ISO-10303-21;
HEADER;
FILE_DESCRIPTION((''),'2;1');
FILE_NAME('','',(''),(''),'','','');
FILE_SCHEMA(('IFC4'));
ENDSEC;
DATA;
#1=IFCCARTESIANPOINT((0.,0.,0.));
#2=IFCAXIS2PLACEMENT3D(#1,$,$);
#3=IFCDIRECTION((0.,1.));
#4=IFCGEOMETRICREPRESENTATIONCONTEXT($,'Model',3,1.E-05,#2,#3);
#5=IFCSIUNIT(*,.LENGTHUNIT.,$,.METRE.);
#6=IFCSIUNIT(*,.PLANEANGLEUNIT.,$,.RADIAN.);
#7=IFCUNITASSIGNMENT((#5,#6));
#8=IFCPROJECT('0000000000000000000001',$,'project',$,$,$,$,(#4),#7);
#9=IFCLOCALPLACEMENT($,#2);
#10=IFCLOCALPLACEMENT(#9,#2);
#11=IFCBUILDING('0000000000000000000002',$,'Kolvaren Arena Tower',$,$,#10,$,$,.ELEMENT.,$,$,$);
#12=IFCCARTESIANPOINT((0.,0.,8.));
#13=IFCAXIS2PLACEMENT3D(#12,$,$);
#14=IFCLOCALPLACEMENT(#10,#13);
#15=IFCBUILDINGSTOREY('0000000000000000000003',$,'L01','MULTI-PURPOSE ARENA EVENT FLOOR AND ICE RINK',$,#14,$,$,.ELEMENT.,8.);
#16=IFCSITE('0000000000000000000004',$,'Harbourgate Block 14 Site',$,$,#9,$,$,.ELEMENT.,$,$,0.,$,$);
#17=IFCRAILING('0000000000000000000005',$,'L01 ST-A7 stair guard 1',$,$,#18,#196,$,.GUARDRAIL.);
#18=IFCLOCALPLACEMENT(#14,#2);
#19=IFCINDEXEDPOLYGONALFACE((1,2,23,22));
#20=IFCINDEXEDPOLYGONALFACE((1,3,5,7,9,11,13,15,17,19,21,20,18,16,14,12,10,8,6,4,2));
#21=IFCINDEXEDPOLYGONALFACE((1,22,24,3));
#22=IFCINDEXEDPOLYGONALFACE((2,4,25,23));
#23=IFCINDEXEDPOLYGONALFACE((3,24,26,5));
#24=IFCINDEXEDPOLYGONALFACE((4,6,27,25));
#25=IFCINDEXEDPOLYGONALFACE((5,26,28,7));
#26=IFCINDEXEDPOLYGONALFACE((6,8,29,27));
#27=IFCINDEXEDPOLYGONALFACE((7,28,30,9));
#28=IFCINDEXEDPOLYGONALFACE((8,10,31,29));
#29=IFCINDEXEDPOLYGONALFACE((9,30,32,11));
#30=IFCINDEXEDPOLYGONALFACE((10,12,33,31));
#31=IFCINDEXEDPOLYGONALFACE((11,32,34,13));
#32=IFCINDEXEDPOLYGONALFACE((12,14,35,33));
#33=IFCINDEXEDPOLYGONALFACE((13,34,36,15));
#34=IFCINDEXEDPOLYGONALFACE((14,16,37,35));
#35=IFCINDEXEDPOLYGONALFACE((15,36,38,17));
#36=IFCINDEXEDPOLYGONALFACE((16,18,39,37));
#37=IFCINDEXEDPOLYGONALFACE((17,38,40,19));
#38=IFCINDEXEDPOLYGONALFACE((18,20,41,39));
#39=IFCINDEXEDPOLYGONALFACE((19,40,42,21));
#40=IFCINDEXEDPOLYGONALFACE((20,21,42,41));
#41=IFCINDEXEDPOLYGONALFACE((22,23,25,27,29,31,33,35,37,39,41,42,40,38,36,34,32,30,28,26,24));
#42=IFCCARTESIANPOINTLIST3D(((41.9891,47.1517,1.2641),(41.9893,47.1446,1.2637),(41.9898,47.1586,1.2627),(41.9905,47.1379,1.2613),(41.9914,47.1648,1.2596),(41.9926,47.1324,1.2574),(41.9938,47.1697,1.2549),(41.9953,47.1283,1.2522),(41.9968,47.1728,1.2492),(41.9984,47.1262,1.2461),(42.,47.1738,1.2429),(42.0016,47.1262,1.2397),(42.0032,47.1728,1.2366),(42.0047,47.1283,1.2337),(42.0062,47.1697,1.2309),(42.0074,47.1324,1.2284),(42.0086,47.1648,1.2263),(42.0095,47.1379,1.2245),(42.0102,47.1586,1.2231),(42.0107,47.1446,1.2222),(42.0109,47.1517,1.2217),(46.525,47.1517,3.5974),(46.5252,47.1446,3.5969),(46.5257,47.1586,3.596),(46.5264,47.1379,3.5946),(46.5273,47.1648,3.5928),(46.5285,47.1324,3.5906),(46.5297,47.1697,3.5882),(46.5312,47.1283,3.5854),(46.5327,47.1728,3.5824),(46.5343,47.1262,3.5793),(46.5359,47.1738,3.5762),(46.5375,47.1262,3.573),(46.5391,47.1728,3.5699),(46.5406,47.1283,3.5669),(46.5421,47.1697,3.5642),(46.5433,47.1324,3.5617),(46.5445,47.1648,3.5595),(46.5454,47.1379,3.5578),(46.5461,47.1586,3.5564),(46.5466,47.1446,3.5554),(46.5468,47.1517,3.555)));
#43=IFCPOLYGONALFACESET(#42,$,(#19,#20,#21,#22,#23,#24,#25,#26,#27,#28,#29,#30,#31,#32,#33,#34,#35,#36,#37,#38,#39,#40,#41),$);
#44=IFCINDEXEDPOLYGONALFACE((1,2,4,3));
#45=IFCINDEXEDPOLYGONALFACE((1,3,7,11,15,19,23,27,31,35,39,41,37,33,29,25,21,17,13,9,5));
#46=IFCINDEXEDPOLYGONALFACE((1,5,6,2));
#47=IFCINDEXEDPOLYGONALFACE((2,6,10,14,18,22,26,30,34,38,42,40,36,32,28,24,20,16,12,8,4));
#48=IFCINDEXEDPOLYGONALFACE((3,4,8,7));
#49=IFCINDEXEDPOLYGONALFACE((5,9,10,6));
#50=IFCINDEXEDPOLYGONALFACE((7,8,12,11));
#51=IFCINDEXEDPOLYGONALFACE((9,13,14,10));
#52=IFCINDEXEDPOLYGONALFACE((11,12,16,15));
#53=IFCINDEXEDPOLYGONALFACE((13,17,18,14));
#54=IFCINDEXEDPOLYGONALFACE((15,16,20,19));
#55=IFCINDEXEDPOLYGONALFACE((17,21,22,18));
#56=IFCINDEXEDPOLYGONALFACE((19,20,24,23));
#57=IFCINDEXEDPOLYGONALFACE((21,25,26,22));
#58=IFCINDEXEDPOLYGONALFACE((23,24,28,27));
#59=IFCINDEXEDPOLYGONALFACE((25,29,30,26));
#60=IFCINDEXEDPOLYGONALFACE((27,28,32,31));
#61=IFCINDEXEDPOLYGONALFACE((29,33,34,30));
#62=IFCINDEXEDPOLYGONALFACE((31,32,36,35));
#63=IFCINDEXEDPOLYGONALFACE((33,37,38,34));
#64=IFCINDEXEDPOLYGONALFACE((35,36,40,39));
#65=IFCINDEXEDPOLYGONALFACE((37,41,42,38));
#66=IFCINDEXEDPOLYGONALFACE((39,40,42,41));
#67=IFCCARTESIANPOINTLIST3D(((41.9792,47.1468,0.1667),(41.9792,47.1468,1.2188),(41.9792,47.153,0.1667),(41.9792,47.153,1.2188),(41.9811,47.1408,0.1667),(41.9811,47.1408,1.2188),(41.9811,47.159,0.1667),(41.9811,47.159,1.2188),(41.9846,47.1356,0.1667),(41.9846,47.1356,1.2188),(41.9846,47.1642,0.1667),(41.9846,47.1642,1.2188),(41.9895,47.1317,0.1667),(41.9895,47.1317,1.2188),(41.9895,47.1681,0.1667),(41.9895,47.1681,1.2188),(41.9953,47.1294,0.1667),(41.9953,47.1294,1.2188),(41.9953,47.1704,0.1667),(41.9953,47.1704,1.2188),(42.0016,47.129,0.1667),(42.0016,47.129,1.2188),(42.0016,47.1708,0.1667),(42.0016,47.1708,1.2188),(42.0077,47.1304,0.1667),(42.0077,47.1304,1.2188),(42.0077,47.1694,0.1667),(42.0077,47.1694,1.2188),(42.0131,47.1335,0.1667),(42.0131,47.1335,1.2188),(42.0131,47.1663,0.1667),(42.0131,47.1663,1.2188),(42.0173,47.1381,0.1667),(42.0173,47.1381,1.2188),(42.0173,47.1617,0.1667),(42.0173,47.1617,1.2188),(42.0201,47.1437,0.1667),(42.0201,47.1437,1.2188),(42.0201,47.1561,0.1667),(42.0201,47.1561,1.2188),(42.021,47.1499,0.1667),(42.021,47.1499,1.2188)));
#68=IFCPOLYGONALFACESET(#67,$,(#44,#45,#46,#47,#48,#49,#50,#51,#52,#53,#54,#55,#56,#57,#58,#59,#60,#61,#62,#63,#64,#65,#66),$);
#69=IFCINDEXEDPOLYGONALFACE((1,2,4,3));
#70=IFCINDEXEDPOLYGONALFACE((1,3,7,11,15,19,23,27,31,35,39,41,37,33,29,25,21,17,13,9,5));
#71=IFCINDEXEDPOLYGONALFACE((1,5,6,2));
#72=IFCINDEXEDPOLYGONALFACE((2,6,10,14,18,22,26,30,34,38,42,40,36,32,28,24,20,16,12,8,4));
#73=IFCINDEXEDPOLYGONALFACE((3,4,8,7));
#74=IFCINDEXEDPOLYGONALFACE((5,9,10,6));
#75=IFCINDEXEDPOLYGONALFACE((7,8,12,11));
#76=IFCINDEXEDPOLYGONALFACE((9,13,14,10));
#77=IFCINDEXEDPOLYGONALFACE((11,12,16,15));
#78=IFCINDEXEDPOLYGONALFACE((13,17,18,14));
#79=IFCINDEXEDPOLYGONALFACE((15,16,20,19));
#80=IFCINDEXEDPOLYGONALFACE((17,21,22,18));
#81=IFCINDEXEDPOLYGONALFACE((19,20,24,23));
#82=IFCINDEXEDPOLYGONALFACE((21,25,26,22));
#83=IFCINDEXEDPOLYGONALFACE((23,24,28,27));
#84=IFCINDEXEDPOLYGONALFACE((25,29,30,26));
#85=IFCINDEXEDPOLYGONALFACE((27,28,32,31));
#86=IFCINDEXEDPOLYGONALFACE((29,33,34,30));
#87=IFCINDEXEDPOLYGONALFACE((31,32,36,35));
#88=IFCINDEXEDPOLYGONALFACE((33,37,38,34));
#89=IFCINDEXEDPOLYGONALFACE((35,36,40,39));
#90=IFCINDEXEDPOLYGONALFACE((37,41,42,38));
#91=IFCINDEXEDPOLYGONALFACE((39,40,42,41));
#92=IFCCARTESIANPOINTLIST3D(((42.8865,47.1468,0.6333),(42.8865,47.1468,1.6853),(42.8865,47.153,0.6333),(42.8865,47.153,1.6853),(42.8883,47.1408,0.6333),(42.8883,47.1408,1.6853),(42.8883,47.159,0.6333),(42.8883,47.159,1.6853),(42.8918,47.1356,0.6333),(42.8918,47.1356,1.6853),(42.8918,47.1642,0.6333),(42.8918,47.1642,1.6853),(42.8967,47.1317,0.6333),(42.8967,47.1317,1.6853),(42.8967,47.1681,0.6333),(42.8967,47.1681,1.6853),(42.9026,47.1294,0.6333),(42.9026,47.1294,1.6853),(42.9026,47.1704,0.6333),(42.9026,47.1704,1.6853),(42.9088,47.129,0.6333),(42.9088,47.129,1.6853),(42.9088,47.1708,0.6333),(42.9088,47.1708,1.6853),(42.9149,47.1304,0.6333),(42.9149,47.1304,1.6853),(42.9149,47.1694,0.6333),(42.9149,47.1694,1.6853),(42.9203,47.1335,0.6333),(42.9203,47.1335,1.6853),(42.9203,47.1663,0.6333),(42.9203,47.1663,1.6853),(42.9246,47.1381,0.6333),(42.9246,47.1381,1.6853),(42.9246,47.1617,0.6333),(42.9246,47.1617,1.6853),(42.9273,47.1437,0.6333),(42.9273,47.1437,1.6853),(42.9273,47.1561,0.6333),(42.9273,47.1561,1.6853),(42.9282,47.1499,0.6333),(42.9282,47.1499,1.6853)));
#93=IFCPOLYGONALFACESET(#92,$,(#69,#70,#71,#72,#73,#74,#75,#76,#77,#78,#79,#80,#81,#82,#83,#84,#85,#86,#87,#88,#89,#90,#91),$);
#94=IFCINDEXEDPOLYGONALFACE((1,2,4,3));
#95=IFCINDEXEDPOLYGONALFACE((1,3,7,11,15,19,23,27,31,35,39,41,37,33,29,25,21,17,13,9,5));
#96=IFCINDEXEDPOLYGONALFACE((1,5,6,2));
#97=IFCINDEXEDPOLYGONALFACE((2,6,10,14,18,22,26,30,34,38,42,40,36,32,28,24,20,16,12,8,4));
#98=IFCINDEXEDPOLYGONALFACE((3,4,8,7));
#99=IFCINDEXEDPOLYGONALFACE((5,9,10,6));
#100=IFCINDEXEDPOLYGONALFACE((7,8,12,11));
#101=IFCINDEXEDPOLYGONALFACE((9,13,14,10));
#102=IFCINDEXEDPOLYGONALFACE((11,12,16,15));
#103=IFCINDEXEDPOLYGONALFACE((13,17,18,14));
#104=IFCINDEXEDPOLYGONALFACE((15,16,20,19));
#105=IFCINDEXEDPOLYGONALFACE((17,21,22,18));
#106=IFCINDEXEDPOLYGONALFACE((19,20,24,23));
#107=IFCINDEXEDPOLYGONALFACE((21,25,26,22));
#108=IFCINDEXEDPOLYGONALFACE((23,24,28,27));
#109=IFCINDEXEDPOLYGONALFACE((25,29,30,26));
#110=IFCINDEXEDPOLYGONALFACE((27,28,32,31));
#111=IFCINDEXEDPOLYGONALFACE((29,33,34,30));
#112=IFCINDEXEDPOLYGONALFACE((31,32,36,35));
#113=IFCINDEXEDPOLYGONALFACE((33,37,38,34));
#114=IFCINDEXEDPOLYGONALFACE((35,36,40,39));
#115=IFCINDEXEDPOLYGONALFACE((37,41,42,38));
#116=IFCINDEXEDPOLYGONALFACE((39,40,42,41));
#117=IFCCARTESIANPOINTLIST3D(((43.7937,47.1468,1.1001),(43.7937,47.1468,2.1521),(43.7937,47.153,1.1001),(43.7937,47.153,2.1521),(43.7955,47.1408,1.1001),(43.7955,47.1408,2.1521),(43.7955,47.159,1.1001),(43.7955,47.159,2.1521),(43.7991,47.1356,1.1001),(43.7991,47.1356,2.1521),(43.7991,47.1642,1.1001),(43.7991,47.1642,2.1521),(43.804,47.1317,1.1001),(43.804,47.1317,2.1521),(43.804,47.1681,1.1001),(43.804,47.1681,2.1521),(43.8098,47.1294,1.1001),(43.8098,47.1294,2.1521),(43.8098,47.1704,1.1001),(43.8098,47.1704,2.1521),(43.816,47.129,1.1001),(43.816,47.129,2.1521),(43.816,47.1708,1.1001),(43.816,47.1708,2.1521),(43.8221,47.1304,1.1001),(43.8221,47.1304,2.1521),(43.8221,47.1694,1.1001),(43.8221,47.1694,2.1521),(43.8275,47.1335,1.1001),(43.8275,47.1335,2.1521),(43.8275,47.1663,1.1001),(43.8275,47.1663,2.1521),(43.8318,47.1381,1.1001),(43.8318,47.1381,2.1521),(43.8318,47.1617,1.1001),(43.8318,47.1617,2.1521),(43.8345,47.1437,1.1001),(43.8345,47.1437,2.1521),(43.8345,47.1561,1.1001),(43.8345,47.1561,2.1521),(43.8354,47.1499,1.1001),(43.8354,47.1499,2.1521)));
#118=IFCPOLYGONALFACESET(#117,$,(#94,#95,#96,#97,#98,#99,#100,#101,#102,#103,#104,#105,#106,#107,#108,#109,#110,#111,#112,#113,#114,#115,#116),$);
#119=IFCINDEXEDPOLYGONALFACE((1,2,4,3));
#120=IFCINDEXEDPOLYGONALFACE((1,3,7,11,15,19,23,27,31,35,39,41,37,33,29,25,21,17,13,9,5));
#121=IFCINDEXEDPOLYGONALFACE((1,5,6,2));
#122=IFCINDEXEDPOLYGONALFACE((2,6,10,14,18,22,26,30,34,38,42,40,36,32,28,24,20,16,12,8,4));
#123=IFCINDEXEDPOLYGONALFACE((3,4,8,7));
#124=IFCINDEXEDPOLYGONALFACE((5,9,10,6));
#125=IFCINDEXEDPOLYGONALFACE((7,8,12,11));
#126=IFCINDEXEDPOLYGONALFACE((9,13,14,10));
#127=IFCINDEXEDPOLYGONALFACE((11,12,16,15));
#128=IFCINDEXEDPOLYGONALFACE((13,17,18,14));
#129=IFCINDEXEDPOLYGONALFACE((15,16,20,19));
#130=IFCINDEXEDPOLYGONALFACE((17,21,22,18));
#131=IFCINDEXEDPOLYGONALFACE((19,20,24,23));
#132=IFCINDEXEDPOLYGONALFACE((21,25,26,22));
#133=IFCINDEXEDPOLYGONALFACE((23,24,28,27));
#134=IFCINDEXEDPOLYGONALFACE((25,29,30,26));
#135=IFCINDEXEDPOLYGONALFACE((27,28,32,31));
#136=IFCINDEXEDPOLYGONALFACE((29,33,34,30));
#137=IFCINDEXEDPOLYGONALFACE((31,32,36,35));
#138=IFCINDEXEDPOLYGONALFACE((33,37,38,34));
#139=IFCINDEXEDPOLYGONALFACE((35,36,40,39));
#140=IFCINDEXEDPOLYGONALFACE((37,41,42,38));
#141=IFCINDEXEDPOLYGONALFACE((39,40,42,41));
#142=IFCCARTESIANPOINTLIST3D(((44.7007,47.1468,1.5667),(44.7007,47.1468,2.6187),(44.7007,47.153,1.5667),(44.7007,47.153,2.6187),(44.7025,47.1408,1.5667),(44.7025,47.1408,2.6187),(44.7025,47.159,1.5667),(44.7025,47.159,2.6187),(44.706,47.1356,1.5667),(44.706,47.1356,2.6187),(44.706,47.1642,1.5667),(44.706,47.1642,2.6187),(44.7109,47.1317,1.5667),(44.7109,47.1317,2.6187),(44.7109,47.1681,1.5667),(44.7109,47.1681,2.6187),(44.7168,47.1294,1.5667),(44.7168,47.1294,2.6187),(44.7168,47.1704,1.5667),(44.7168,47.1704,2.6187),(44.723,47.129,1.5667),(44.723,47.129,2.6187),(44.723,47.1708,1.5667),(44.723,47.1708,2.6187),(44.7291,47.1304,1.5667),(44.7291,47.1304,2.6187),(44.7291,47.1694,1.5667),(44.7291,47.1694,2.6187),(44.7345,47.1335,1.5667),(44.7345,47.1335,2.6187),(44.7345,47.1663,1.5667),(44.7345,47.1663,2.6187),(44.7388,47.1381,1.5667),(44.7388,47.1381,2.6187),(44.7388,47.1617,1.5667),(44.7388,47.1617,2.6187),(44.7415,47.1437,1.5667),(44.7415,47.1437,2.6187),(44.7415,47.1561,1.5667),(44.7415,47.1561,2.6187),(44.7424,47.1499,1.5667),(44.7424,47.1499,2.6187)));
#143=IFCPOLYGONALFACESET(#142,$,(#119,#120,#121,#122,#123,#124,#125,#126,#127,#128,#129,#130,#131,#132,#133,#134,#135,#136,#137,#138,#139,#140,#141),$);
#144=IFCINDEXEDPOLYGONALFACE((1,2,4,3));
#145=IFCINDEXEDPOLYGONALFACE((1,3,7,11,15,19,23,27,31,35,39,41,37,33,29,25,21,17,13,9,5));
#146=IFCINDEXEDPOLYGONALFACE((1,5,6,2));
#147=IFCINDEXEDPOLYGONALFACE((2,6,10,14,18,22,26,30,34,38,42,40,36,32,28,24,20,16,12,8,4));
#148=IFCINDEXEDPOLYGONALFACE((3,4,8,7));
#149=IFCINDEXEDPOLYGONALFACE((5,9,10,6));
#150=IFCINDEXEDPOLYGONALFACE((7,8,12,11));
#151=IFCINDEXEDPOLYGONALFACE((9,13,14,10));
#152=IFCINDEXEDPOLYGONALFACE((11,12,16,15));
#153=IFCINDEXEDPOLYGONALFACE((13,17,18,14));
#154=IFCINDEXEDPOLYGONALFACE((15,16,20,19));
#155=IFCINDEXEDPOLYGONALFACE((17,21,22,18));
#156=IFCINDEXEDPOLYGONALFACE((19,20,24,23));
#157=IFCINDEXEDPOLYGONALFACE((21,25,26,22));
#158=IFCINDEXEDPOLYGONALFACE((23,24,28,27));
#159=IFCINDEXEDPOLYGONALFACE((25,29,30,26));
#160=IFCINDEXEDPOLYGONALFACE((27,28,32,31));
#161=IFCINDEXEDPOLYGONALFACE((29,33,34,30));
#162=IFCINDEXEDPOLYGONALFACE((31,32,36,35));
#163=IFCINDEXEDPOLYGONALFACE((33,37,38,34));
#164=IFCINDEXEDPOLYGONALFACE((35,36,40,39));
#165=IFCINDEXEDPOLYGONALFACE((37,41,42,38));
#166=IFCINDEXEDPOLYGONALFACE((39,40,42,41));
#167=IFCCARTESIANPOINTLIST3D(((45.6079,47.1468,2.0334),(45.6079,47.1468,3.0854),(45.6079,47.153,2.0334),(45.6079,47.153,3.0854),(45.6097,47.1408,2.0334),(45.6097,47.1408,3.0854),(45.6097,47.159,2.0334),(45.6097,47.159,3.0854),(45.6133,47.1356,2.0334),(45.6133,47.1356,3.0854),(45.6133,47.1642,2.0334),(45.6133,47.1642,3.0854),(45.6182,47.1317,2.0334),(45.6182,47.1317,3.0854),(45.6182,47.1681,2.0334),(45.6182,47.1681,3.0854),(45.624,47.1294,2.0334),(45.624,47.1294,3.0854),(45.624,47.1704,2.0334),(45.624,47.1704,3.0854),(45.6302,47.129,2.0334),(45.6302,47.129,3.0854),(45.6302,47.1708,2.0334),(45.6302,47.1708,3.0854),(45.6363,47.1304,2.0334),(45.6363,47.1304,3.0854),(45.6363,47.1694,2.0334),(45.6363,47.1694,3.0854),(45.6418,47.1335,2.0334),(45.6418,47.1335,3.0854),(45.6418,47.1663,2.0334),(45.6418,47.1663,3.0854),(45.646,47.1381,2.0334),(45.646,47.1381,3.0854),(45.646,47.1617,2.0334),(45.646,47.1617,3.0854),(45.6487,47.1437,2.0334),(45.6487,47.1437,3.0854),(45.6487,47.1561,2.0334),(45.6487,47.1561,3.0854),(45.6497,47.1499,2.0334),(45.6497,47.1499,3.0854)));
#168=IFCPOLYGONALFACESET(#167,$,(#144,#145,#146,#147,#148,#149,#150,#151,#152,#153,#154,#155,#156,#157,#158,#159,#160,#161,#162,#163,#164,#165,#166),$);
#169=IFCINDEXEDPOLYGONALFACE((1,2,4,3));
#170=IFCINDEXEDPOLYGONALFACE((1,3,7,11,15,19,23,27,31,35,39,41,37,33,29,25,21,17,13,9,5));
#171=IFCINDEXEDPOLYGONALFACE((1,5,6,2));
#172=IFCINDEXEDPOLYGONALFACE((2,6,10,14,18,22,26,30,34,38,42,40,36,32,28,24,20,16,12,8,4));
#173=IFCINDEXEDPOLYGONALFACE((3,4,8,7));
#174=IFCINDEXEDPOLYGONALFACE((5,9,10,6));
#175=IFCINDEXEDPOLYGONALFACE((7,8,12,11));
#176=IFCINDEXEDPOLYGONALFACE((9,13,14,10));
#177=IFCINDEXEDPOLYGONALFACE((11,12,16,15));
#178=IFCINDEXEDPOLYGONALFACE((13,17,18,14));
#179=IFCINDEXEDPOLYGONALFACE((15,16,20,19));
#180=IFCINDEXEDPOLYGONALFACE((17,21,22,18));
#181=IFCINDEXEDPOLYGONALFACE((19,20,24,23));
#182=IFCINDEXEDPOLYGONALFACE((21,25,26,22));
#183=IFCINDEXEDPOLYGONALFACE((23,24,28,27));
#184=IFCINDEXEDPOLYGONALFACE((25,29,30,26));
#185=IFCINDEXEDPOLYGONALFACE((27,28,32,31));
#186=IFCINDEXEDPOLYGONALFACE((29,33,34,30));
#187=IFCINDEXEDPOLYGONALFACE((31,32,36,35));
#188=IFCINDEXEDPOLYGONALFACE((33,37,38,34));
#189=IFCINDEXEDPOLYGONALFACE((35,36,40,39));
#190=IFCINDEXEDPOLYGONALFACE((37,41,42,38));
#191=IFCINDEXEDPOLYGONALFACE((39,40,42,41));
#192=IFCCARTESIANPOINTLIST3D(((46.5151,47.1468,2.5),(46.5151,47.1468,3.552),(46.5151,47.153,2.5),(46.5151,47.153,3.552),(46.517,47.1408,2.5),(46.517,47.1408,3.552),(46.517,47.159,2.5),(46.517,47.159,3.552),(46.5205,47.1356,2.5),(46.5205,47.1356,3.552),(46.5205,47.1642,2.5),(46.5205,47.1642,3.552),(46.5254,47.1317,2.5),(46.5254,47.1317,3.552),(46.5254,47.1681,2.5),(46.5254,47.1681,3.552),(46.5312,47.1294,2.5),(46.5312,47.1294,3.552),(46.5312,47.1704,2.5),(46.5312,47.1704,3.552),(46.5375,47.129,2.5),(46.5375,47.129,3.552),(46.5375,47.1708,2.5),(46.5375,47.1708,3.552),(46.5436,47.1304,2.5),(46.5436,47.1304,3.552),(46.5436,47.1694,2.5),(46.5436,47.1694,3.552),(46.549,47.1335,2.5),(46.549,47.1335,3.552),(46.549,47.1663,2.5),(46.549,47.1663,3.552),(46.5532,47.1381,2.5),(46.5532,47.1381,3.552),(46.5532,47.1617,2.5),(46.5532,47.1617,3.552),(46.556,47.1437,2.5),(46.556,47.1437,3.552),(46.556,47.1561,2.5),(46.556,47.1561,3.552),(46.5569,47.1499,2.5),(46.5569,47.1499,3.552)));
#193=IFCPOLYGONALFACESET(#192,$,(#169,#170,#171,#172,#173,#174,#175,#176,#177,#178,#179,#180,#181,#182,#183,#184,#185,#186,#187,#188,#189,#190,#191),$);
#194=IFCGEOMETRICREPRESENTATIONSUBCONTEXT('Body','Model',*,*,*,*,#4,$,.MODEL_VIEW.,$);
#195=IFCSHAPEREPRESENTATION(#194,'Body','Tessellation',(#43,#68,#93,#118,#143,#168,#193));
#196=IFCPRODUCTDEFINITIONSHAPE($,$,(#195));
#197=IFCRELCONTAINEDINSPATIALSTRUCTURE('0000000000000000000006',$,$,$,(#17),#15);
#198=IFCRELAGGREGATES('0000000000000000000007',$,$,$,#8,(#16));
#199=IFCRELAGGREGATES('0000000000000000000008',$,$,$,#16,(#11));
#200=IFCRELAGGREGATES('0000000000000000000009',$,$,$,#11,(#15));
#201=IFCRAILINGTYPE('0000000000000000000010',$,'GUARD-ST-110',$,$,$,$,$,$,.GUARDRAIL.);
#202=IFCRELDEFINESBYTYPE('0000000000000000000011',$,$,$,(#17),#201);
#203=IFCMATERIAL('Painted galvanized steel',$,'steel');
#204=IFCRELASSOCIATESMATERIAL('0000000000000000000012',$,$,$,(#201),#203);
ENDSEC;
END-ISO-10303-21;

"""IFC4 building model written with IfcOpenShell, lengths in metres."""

from ifc_helpers import new_model, si_unit, direction, frame, origin, origin_2d, place, context, subcontext, project, spatial, circle, extrude, material, type_object, element, save


model = new_model("IFC4")

# Units and contexts
model_context = context("Model", 3, precision=1e-05, world=origin(), true_north=direction((0.0, 1.0)))
body_context = subcontext(model_context, "Body", "Model", "MODEL_VIEW")
ifc_project = project(units=[si_unit("LENGTHUNIT", "METRE"), si_unit("PLANEANGLEUNIT", "RADIAN")], contexts=[model_context])

# Site, building, storey
site_placement = place(None, origin())
site = spatial("IfcSite", under=ifc_project, at=site_placement, Name="Harbourgate Block 14 Site", CompositionType="ELEMENT", RefElevation=0.0)
building_placement = place(site_placement, origin())
building = spatial("IfcBuilding", under=site, at=building_placement, Name="Kolvaren Arena Tower", CompositionType="ELEMENT")
storey_placement = place(building_placement, frame((0.0, 0.0, 8.0)))
storey = spatial("IfcBuildingStorey", under=building, at=storey_placement, Name="L01", Description="MULTI-PURPOSE ARENA EVENT FLOOR AND ICE RINK", CompositionType="ELEMENT", Elevation=8.0)

# Railing
ifc_material_1 = material(Name="Painted galvanized steel", Category="steel")
railing_type_1 = type_object("IfcRailingType", Name="GUARD-ST-110", PredefinedType="GUARDRAIL", material=ifc_material_1)
railing_1_placement = place(storey_placement, frame((42.0, 47.1499, 0.1667)))
element("IfcRailing", 1, at=railing_1_placement, inside=storey, type_object=railing_type_1, Name="L01 ST-A7 stair guard 1", PredefinedType="GUARDRAIL", context=body_context, shape_type="SweptSolid", body=[
    extrude(circle(Radius=0.0239, at=origin_2d()), frame((0.0, 0.0, 1.0762), z_axis=(0.889247, 0.0, 0.457427), x_axis=(0.0, 1.0, 0.0)), (0.0, 0.0, 1.0), 5.1008),
    extrude(circle(Radius=0.021, at=origin_2d()), origin(), (0.0, 0.0, 1.0), 1.052),
    extrude(circle(Radius=0.021, at=origin_2d()), frame((0.9072, 0.0, 0.4666)), (0.0, 0.0, 1.0), 1.052),
    extrude(circle(Radius=0.021, at=origin_2d()), frame((1.8145, 0.0, 0.9333)), (0.0, 0.0, 1.0), 1.052),
    extrude(circle(Radius=0.021, at=origin_2d()), frame((2.7214, 0.0, 1.3999)), (0.0, 0.0, 1.0), 1.052),
    extrude(circle(Radius=0.021, at=origin_2d()), frame((3.6287, 0.0, 1.8667)), (0.0, 0.0, 1.0), 1.052),
    extrude(circle(Radius=0.021, at=origin_2d()), frame((4.5359, 0.0, 2.3333)), (0.0, 0.0, 1.0), 1.052),
])

save(model, "model.ifc")
